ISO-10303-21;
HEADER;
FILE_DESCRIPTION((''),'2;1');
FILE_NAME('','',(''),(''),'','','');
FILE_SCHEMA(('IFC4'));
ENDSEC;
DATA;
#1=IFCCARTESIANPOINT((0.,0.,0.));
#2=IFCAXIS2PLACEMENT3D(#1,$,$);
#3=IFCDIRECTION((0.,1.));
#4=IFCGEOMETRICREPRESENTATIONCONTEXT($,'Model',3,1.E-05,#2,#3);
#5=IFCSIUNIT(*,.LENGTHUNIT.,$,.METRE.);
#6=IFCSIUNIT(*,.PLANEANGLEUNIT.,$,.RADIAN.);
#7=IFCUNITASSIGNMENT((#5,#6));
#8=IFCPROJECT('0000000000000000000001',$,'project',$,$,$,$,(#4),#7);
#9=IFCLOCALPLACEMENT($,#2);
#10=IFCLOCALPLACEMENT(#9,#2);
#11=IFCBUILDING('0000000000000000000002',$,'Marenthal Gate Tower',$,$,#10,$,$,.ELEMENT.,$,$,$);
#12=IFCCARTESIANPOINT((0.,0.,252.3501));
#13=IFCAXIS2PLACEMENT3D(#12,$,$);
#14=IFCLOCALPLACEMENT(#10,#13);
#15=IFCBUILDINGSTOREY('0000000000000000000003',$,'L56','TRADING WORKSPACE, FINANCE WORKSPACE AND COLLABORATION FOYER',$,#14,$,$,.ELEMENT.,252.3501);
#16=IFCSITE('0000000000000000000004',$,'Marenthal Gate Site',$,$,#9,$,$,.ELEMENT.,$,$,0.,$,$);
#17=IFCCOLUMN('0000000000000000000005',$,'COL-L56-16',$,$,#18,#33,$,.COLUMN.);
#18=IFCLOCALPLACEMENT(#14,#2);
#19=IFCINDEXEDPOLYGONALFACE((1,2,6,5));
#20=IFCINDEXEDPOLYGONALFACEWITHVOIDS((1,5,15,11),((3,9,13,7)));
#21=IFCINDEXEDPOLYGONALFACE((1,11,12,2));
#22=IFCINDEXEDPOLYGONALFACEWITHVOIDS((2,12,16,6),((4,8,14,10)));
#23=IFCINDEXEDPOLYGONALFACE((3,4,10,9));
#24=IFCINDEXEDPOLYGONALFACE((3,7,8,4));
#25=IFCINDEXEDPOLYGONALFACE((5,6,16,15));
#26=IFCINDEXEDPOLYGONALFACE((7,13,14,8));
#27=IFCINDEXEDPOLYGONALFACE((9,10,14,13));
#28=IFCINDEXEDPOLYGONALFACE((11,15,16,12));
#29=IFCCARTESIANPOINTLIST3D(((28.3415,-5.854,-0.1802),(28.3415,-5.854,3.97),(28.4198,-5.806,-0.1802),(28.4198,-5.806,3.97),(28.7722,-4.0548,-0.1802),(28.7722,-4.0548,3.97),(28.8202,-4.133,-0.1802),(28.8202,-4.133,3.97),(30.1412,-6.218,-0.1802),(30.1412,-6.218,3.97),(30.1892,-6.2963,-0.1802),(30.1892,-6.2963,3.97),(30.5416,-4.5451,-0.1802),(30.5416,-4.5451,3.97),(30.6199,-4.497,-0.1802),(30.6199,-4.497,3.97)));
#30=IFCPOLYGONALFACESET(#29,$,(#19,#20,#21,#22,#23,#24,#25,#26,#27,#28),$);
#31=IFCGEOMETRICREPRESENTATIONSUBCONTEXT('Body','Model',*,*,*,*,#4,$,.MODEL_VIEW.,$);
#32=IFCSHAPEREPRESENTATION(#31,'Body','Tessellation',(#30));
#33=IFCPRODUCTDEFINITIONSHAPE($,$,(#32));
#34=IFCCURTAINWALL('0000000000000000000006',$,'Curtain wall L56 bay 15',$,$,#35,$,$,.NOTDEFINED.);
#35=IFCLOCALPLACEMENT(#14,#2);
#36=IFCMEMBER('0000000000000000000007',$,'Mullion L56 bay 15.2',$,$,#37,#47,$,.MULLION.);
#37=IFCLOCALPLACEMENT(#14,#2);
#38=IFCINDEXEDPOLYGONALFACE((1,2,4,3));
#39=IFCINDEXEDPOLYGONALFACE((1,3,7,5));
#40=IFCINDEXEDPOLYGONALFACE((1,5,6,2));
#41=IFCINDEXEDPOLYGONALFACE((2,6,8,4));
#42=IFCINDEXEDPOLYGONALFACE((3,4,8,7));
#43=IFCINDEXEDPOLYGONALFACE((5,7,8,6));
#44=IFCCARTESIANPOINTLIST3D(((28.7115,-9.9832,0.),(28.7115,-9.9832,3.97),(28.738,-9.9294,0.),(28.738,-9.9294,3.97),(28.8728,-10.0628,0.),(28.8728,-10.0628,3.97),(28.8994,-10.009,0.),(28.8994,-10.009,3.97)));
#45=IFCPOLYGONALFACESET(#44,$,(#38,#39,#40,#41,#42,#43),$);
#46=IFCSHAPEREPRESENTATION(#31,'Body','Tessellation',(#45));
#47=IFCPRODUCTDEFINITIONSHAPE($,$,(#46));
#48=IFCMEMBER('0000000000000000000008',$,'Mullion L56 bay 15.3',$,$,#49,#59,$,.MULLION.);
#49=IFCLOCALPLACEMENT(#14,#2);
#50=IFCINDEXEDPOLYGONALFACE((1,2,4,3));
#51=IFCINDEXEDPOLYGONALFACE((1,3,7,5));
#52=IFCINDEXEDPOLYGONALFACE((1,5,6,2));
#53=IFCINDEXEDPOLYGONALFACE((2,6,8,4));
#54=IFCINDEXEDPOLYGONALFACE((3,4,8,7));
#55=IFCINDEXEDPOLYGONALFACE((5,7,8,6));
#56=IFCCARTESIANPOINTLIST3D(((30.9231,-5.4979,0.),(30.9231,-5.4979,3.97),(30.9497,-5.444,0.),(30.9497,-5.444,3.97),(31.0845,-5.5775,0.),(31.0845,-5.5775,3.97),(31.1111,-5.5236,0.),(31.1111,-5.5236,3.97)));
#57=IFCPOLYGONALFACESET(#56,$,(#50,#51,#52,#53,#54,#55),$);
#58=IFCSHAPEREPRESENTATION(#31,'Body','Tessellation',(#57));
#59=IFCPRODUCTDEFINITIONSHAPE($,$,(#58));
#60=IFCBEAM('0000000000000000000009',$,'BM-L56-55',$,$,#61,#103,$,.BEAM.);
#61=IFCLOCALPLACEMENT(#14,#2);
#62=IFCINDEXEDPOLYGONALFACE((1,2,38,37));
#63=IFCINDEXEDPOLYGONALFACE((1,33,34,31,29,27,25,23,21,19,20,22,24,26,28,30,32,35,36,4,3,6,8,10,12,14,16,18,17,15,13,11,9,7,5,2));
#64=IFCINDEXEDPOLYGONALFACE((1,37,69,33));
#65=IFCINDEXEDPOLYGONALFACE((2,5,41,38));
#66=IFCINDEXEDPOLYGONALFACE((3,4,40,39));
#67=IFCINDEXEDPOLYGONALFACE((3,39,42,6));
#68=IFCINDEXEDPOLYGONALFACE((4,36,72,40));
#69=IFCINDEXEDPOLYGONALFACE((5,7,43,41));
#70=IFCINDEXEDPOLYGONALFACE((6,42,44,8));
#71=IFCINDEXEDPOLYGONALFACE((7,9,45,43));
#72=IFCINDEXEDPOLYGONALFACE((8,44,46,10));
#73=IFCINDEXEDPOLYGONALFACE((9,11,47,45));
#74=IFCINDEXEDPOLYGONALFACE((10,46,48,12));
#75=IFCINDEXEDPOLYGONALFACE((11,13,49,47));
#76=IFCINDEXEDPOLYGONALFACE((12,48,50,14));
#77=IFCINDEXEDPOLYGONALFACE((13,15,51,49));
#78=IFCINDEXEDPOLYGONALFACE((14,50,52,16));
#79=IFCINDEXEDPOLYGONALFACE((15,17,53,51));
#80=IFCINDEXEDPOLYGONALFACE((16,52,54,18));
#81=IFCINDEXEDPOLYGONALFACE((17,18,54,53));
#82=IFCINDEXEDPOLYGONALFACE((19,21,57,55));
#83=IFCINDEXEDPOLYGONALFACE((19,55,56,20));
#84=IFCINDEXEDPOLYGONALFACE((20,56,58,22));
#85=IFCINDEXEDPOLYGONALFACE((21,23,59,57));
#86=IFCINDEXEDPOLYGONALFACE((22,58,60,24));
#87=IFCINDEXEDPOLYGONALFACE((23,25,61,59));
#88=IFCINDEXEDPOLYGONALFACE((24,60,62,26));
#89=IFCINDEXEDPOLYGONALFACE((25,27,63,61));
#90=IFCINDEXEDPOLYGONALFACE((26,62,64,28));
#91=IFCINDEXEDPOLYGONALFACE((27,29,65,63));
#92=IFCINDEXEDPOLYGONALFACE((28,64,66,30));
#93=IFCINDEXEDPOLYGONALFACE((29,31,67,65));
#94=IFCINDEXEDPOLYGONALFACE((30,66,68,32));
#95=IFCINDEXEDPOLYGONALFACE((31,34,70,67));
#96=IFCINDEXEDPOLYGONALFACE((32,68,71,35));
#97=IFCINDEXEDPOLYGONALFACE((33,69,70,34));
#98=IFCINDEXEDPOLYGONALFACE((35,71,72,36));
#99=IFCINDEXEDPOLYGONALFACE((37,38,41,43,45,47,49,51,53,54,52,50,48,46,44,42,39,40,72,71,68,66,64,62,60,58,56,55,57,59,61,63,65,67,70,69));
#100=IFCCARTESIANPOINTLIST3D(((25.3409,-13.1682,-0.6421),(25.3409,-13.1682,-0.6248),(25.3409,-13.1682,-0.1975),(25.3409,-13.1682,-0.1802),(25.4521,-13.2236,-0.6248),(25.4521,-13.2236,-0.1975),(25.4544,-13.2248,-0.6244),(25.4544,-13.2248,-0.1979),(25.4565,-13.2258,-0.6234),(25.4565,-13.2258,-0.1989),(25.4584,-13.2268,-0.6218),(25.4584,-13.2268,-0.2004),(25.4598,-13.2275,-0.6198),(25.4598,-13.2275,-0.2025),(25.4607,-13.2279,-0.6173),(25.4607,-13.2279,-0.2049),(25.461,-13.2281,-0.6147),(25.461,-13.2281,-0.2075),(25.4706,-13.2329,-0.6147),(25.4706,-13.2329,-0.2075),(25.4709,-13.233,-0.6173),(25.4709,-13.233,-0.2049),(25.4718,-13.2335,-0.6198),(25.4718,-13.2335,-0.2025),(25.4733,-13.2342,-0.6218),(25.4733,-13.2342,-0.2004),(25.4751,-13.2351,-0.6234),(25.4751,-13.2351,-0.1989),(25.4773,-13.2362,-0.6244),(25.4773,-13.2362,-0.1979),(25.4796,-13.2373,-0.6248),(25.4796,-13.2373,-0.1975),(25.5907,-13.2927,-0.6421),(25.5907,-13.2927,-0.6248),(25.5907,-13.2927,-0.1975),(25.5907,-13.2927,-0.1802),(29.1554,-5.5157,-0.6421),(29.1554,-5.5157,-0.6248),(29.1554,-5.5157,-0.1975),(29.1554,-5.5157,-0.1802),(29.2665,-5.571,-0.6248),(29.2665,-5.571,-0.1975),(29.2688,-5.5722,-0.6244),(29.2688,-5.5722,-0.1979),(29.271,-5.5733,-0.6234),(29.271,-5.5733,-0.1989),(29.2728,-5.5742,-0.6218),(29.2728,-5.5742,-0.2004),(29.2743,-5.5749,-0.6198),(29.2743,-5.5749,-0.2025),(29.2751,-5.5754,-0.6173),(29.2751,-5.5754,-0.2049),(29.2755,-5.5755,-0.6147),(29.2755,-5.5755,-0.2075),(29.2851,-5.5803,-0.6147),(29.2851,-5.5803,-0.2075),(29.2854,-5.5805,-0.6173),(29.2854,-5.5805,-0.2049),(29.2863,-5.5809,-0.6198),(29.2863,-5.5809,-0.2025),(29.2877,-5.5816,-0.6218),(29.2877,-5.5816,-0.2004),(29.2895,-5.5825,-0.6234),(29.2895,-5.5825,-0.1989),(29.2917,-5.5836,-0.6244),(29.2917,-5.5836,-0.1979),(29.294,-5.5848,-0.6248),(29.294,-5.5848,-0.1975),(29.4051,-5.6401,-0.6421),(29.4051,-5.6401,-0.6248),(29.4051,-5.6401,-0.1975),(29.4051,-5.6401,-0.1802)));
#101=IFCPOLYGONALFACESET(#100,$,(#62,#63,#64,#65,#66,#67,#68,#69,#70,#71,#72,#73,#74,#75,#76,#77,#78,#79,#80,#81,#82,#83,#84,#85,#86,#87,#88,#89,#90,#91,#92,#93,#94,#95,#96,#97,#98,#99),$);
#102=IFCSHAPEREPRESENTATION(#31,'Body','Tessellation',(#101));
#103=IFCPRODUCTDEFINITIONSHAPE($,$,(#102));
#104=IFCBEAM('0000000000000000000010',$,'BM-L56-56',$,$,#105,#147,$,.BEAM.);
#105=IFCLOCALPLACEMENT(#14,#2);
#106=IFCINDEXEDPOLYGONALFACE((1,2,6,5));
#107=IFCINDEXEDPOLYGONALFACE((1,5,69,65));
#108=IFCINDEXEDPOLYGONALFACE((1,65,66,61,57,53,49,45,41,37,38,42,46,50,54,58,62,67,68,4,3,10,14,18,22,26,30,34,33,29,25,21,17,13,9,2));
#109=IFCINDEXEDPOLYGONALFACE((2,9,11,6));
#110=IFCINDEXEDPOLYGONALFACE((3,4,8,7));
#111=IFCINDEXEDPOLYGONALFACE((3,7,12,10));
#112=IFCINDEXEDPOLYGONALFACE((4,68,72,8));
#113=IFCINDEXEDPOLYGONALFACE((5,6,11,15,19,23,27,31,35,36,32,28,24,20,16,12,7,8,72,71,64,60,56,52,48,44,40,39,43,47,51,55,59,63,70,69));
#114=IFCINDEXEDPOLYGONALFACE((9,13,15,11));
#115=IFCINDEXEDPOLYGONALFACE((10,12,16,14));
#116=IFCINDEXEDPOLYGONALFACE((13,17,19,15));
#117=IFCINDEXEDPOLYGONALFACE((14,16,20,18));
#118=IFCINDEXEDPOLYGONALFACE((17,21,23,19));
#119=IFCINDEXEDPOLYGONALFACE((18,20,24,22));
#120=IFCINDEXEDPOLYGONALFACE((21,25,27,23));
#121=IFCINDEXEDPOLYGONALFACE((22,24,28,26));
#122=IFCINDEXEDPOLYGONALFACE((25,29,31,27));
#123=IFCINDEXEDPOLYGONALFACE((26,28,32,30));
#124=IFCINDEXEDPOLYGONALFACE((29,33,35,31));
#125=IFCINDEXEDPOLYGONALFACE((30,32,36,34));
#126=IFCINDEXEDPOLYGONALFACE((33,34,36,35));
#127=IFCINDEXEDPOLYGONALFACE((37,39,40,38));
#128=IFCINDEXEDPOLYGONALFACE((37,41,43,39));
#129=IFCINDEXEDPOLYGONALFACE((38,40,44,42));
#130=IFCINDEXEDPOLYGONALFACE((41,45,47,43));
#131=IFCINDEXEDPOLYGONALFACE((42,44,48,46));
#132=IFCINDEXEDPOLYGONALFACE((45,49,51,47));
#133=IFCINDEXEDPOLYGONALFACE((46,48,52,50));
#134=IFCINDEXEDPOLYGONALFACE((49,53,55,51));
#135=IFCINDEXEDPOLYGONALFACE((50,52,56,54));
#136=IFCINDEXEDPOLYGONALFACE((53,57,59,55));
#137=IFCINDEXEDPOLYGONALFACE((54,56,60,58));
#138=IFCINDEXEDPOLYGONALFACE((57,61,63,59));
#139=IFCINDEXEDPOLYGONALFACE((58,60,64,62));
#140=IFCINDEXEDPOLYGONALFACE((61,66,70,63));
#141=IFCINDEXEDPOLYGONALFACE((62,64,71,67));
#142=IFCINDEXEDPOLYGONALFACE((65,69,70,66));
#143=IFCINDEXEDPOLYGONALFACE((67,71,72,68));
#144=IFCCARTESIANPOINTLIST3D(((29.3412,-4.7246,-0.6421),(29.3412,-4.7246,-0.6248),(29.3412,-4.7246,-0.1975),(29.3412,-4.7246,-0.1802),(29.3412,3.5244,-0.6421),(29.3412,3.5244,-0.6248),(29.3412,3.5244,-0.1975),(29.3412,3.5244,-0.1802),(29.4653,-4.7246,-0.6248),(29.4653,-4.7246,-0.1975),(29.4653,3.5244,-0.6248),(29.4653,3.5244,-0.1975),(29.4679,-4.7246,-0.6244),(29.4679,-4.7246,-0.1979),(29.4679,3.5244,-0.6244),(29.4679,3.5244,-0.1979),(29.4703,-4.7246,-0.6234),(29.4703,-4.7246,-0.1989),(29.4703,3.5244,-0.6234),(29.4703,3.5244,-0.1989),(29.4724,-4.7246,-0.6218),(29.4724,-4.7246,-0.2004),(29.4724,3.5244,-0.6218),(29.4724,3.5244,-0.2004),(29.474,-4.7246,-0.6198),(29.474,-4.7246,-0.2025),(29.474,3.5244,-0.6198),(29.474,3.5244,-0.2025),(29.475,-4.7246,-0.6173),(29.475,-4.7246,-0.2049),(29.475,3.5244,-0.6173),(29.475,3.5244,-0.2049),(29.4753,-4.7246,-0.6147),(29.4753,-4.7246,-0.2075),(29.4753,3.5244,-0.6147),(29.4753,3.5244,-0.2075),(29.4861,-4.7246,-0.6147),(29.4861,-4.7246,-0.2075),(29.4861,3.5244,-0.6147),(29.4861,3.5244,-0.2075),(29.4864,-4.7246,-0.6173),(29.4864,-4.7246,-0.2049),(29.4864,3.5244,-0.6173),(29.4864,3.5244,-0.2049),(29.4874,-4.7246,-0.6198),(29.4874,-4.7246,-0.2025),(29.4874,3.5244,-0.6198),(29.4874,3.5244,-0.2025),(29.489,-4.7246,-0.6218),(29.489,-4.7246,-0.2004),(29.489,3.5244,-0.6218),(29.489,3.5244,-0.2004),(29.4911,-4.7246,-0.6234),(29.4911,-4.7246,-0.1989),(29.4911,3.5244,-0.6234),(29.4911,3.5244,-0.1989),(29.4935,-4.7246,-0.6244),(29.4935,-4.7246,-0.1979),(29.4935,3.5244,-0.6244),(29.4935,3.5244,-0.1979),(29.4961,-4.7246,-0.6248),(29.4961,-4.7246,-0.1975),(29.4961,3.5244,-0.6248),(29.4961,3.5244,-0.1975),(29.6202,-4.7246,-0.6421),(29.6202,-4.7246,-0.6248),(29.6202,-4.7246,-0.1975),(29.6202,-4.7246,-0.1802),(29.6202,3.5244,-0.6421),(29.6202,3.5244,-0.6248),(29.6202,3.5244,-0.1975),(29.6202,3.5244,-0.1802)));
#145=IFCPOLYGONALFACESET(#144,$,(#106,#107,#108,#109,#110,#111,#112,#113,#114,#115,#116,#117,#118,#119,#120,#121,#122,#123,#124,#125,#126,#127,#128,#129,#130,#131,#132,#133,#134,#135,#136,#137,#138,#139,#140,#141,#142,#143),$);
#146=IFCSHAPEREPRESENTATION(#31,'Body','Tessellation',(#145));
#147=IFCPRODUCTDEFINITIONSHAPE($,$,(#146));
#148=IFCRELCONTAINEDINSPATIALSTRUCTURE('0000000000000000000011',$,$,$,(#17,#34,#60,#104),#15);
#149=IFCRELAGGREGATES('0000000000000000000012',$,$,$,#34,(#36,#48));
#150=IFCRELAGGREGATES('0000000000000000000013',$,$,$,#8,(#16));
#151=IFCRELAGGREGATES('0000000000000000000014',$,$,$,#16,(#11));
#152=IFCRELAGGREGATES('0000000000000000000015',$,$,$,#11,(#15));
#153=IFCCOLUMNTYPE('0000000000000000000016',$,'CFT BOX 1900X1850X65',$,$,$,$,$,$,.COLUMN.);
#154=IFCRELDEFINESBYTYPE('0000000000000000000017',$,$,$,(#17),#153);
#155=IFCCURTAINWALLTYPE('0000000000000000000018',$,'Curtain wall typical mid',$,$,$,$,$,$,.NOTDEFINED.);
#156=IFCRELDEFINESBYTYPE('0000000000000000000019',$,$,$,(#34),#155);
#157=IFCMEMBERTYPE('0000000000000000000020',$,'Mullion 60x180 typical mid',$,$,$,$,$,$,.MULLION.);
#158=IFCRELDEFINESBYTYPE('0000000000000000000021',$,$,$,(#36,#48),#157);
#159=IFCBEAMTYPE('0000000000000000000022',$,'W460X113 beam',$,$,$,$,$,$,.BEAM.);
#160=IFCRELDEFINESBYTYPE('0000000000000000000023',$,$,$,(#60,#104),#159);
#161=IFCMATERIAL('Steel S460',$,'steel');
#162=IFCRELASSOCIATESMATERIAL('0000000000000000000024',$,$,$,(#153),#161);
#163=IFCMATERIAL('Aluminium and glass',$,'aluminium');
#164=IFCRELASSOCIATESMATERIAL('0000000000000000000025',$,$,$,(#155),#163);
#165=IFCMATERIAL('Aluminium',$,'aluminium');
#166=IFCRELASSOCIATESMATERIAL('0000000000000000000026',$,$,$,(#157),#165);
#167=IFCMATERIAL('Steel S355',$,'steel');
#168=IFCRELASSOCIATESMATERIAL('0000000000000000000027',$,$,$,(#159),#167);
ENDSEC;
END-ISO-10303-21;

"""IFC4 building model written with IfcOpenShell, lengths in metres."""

from ifc_helpers import new_model, si_unit, direction, frame, origin, origin_2d, place, context, subcontext, project, spatial, rectangle, hollow_rectangle, i_section, extrude, material, material_profile, profile_set, type_object, element, aggregate, save


model = new_model("IFC4")

# Units and contexts
model_context = context("Model", 3, precision=1e-05, world=origin(), true_north=direction((0.0, 1.0)))
body_context = subcontext(model_context, "Body", "Model", "MODEL_VIEW")
ifc_project = project(units=[si_unit("LENGTHUNIT", "METRE"), si_unit("PLANEANGLEUNIT", "RADIAN")], contexts=[model_context])

# Site, building, storey
site_placement = place(None, origin())
site = spatial("IfcSite", under=ifc_project, at=site_placement, Name="Marenthal Gate Site", CompositionType="ELEMENT", RefElevation=0.0)
building_placement = place(site_placement, origin())
building = spatial("IfcBuilding", under=site, at=building_placement, Name="Marenthal Gate Tower", CompositionType="ELEMENT")
storey_placement = place(building_placement, frame((0.0, 0.0, 252.3501)))
storey = spatial("IfcBuildingStorey", under=building, at=storey_placement, Name="L56", Description="TRADING WORKSPACE, FINANCE WORKSPACE AND COLLABORATION FOYER", CompositionType="ELEMENT", Elevation=252.3501)

# Column
ifc_material_1 = material(Name="Steel S460", Category="steel")
ifc_material_profile_1 = material_profile(ifc_material_1, hollow_rectangle(XDim=1.8501, YDim=1.8999, WallThickness=0.0649, at=origin_2d()), Name="CFT BOX 1900X1850X65")
ifc_material_2 = material(Name="Concrete 70 MPa", Category="concrete")
ifc_material_profile_2 = material_profile(ifc_material_2, rectangle(XDim=1.72, YDim=1.77, at=origin_2d()), Name="CFT BOX 1900X1850X65 INFILL")
ifc_profile_set_1 = profile_set([ifc_material_profile_1, ifc_material_profile_2], Name="Steel S460 shell, Concrete 70 MPa infill")
column_type = type_object("IfcColumnType", Name="CFT BOX 1900X1850X65", PredefinedType="COLUMN", material=ifc_profile_set_1)
column_placement = place(storey_placement, frame((29.4807, -5.1755, -0.1802), z_axis=(0.0, 0.0, 1.0), x_axis=(-0.232783, -0.972529, 0.0)))
element("IfcColumn", 1, at=column_placement, inside=storey, type_object=column_type, Name="COL-L56-16", PredefinedType="COLUMN", context=body_context, shape_type="SweptSolid", body=[
    extrude(hollow_rectangle(XDim=1.8501, YDim=1.8999, WallThickness=0.0649, at=origin_2d()), origin(), (0.0, 0.0, 1.0), 4.1501),
])

# Curtain wall, members
ifc_material_3 = material(Name="Aluminium and glass", Category="aluminium")
curtain_wall_type = type_object("IfcCurtainWallType", Name="Curtain wall typical mid", PredefinedType="NOTDEFINED", material=ifc_material_3)
curtain_wall_placement = place(storey_placement, origin())
curtain_wall = element("IfcCurtainWall", 2, at=curtain_wall_placement, inside=storey, type_object=curtain_wall_type, Name="Curtain wall L56 bay 15", PredefinedType="NOTDEFINED")
ifc_material_4 = material(Name="Aluminium", Category="aluminium")
ifc_material_profile_3 = material_profile(ifc_material_4, rectangle(XDim=0.1799, YDim=0.0601, at=origin_2d()), Name="60x180 aluminium mullion")
ifc_profile_set_2 = profile_set([ifc_material_profile_3], Name="Aluminium")
member_type = type_object("IfcMemberType", Name="Mullion 60x180 typical mid", PredefinedType="MULLION", material=ifc_profile_set_2)
member_1_placement = place(storey_placement, frame((28.8054, -9.9961, 0.0), z_axis=(0.0, 0.0, 1.0), x_axis=(-0.896882, 0.442269, 0.0)))
member_1 = element("IfcMember", 3, at=member_1_placement, type_object=member_type, Name="Mullion L56 bay 15.2", PredefinedType="MULLION", context=body_context, shape_type="SweptSolid", body=[
    extrude(rectangle(XDim=0.1799, YDim=0.0601, at=origin_2d()), origin(), (0.0, 0.0, 1.0), 3.97),
])
member_2_placement = place(storey_placement, frame((31.0171, -5.5107, 0.0), z_axis=(0.0, 0.0, 1.0), x_axis=(-0.896882, 0.442269, 0.0)))
member_2 = element("IfcMember", 4, at=member_2_placement, type_object=member_type, Name="Mullion L56 bay 15.3", PredefinedType="MULLION", context=body_context, shape_type="SweptSolid", body=[
    extrude(rectangle(XDim=0.1799, YDim=0.0601, at=origin_2d()), origin(), (0.0, 0.0, 1.0), 3.97),
])

# Beams
ifc_material_5 = material(Name="Steel S355", Category="steel")
ifc_material_profile_4 = material_profile(ifc_material_5, i_section(OverallWidth=0.2791, OverallDepth=0.4619, WebThickness=0.0107, FlangeThickness=0.0173, FilletRadius=0.01, at=origin_2d()), Name="W460X113")
ifc_profile_set_3 = profile_set([ifc_material_profile_4], Name="Steel S355")
beam_type_1 = type_object("IfcBeamType", Name="W460X113 beam", PredefinedType="BEAM", material=ifc_profile_set_3)
beam_1_placement = place(storey_placement, frame((25.4658, -13.2305, -0.4111), z_axis=(0.446105, 0.89498, 0.0), x_axis=(-0.89498, 0.446105, 0.0)))
element("IfcBeam", 5, at=beam_1_placement, inside=storey, type_object=beam_type_1, Name="BM-L56-55", PredefinedType="BEAM", context=body_context, shape_type="SweptSolid", body=[
    extrude(i_section(OverallWidth=0.2791, OverallDepth=0.4619, WebThickness=0.0107, FlangeThickness=0.0173, FilletRadius=0.01, at=origin_2d()), origin(), (0.0, 0.0, 1.0), 8.5505),
])
beam_2_placement = place(storey_placement, frame((29.4807, -4.7246, -0.4111), z_axis=(0.0, 1.0, 0.0), x_axis=(-1.0, 0.0, 0.0)))
element("IfcBeam", 6, at=beam_2_placement, inside=storey, type_object=beam_type_1, Name="BM-L56-56", PredefinedType="BEAM", context=body_context, shape_type="SweptSolid", body=[
    extrude(i_section(OverallWidth=0.2791, OverallDepth=0.4619, WebThickness=0.0107, FlangeThickness=0.0173, FilletRadius=0.01, at=origin_2d()), origin(), (0.0, 0.0, 1.0), 8.249),
])

aggregate(curtain_wall, [member_1, member_2])

save(model, "model.ifc")
